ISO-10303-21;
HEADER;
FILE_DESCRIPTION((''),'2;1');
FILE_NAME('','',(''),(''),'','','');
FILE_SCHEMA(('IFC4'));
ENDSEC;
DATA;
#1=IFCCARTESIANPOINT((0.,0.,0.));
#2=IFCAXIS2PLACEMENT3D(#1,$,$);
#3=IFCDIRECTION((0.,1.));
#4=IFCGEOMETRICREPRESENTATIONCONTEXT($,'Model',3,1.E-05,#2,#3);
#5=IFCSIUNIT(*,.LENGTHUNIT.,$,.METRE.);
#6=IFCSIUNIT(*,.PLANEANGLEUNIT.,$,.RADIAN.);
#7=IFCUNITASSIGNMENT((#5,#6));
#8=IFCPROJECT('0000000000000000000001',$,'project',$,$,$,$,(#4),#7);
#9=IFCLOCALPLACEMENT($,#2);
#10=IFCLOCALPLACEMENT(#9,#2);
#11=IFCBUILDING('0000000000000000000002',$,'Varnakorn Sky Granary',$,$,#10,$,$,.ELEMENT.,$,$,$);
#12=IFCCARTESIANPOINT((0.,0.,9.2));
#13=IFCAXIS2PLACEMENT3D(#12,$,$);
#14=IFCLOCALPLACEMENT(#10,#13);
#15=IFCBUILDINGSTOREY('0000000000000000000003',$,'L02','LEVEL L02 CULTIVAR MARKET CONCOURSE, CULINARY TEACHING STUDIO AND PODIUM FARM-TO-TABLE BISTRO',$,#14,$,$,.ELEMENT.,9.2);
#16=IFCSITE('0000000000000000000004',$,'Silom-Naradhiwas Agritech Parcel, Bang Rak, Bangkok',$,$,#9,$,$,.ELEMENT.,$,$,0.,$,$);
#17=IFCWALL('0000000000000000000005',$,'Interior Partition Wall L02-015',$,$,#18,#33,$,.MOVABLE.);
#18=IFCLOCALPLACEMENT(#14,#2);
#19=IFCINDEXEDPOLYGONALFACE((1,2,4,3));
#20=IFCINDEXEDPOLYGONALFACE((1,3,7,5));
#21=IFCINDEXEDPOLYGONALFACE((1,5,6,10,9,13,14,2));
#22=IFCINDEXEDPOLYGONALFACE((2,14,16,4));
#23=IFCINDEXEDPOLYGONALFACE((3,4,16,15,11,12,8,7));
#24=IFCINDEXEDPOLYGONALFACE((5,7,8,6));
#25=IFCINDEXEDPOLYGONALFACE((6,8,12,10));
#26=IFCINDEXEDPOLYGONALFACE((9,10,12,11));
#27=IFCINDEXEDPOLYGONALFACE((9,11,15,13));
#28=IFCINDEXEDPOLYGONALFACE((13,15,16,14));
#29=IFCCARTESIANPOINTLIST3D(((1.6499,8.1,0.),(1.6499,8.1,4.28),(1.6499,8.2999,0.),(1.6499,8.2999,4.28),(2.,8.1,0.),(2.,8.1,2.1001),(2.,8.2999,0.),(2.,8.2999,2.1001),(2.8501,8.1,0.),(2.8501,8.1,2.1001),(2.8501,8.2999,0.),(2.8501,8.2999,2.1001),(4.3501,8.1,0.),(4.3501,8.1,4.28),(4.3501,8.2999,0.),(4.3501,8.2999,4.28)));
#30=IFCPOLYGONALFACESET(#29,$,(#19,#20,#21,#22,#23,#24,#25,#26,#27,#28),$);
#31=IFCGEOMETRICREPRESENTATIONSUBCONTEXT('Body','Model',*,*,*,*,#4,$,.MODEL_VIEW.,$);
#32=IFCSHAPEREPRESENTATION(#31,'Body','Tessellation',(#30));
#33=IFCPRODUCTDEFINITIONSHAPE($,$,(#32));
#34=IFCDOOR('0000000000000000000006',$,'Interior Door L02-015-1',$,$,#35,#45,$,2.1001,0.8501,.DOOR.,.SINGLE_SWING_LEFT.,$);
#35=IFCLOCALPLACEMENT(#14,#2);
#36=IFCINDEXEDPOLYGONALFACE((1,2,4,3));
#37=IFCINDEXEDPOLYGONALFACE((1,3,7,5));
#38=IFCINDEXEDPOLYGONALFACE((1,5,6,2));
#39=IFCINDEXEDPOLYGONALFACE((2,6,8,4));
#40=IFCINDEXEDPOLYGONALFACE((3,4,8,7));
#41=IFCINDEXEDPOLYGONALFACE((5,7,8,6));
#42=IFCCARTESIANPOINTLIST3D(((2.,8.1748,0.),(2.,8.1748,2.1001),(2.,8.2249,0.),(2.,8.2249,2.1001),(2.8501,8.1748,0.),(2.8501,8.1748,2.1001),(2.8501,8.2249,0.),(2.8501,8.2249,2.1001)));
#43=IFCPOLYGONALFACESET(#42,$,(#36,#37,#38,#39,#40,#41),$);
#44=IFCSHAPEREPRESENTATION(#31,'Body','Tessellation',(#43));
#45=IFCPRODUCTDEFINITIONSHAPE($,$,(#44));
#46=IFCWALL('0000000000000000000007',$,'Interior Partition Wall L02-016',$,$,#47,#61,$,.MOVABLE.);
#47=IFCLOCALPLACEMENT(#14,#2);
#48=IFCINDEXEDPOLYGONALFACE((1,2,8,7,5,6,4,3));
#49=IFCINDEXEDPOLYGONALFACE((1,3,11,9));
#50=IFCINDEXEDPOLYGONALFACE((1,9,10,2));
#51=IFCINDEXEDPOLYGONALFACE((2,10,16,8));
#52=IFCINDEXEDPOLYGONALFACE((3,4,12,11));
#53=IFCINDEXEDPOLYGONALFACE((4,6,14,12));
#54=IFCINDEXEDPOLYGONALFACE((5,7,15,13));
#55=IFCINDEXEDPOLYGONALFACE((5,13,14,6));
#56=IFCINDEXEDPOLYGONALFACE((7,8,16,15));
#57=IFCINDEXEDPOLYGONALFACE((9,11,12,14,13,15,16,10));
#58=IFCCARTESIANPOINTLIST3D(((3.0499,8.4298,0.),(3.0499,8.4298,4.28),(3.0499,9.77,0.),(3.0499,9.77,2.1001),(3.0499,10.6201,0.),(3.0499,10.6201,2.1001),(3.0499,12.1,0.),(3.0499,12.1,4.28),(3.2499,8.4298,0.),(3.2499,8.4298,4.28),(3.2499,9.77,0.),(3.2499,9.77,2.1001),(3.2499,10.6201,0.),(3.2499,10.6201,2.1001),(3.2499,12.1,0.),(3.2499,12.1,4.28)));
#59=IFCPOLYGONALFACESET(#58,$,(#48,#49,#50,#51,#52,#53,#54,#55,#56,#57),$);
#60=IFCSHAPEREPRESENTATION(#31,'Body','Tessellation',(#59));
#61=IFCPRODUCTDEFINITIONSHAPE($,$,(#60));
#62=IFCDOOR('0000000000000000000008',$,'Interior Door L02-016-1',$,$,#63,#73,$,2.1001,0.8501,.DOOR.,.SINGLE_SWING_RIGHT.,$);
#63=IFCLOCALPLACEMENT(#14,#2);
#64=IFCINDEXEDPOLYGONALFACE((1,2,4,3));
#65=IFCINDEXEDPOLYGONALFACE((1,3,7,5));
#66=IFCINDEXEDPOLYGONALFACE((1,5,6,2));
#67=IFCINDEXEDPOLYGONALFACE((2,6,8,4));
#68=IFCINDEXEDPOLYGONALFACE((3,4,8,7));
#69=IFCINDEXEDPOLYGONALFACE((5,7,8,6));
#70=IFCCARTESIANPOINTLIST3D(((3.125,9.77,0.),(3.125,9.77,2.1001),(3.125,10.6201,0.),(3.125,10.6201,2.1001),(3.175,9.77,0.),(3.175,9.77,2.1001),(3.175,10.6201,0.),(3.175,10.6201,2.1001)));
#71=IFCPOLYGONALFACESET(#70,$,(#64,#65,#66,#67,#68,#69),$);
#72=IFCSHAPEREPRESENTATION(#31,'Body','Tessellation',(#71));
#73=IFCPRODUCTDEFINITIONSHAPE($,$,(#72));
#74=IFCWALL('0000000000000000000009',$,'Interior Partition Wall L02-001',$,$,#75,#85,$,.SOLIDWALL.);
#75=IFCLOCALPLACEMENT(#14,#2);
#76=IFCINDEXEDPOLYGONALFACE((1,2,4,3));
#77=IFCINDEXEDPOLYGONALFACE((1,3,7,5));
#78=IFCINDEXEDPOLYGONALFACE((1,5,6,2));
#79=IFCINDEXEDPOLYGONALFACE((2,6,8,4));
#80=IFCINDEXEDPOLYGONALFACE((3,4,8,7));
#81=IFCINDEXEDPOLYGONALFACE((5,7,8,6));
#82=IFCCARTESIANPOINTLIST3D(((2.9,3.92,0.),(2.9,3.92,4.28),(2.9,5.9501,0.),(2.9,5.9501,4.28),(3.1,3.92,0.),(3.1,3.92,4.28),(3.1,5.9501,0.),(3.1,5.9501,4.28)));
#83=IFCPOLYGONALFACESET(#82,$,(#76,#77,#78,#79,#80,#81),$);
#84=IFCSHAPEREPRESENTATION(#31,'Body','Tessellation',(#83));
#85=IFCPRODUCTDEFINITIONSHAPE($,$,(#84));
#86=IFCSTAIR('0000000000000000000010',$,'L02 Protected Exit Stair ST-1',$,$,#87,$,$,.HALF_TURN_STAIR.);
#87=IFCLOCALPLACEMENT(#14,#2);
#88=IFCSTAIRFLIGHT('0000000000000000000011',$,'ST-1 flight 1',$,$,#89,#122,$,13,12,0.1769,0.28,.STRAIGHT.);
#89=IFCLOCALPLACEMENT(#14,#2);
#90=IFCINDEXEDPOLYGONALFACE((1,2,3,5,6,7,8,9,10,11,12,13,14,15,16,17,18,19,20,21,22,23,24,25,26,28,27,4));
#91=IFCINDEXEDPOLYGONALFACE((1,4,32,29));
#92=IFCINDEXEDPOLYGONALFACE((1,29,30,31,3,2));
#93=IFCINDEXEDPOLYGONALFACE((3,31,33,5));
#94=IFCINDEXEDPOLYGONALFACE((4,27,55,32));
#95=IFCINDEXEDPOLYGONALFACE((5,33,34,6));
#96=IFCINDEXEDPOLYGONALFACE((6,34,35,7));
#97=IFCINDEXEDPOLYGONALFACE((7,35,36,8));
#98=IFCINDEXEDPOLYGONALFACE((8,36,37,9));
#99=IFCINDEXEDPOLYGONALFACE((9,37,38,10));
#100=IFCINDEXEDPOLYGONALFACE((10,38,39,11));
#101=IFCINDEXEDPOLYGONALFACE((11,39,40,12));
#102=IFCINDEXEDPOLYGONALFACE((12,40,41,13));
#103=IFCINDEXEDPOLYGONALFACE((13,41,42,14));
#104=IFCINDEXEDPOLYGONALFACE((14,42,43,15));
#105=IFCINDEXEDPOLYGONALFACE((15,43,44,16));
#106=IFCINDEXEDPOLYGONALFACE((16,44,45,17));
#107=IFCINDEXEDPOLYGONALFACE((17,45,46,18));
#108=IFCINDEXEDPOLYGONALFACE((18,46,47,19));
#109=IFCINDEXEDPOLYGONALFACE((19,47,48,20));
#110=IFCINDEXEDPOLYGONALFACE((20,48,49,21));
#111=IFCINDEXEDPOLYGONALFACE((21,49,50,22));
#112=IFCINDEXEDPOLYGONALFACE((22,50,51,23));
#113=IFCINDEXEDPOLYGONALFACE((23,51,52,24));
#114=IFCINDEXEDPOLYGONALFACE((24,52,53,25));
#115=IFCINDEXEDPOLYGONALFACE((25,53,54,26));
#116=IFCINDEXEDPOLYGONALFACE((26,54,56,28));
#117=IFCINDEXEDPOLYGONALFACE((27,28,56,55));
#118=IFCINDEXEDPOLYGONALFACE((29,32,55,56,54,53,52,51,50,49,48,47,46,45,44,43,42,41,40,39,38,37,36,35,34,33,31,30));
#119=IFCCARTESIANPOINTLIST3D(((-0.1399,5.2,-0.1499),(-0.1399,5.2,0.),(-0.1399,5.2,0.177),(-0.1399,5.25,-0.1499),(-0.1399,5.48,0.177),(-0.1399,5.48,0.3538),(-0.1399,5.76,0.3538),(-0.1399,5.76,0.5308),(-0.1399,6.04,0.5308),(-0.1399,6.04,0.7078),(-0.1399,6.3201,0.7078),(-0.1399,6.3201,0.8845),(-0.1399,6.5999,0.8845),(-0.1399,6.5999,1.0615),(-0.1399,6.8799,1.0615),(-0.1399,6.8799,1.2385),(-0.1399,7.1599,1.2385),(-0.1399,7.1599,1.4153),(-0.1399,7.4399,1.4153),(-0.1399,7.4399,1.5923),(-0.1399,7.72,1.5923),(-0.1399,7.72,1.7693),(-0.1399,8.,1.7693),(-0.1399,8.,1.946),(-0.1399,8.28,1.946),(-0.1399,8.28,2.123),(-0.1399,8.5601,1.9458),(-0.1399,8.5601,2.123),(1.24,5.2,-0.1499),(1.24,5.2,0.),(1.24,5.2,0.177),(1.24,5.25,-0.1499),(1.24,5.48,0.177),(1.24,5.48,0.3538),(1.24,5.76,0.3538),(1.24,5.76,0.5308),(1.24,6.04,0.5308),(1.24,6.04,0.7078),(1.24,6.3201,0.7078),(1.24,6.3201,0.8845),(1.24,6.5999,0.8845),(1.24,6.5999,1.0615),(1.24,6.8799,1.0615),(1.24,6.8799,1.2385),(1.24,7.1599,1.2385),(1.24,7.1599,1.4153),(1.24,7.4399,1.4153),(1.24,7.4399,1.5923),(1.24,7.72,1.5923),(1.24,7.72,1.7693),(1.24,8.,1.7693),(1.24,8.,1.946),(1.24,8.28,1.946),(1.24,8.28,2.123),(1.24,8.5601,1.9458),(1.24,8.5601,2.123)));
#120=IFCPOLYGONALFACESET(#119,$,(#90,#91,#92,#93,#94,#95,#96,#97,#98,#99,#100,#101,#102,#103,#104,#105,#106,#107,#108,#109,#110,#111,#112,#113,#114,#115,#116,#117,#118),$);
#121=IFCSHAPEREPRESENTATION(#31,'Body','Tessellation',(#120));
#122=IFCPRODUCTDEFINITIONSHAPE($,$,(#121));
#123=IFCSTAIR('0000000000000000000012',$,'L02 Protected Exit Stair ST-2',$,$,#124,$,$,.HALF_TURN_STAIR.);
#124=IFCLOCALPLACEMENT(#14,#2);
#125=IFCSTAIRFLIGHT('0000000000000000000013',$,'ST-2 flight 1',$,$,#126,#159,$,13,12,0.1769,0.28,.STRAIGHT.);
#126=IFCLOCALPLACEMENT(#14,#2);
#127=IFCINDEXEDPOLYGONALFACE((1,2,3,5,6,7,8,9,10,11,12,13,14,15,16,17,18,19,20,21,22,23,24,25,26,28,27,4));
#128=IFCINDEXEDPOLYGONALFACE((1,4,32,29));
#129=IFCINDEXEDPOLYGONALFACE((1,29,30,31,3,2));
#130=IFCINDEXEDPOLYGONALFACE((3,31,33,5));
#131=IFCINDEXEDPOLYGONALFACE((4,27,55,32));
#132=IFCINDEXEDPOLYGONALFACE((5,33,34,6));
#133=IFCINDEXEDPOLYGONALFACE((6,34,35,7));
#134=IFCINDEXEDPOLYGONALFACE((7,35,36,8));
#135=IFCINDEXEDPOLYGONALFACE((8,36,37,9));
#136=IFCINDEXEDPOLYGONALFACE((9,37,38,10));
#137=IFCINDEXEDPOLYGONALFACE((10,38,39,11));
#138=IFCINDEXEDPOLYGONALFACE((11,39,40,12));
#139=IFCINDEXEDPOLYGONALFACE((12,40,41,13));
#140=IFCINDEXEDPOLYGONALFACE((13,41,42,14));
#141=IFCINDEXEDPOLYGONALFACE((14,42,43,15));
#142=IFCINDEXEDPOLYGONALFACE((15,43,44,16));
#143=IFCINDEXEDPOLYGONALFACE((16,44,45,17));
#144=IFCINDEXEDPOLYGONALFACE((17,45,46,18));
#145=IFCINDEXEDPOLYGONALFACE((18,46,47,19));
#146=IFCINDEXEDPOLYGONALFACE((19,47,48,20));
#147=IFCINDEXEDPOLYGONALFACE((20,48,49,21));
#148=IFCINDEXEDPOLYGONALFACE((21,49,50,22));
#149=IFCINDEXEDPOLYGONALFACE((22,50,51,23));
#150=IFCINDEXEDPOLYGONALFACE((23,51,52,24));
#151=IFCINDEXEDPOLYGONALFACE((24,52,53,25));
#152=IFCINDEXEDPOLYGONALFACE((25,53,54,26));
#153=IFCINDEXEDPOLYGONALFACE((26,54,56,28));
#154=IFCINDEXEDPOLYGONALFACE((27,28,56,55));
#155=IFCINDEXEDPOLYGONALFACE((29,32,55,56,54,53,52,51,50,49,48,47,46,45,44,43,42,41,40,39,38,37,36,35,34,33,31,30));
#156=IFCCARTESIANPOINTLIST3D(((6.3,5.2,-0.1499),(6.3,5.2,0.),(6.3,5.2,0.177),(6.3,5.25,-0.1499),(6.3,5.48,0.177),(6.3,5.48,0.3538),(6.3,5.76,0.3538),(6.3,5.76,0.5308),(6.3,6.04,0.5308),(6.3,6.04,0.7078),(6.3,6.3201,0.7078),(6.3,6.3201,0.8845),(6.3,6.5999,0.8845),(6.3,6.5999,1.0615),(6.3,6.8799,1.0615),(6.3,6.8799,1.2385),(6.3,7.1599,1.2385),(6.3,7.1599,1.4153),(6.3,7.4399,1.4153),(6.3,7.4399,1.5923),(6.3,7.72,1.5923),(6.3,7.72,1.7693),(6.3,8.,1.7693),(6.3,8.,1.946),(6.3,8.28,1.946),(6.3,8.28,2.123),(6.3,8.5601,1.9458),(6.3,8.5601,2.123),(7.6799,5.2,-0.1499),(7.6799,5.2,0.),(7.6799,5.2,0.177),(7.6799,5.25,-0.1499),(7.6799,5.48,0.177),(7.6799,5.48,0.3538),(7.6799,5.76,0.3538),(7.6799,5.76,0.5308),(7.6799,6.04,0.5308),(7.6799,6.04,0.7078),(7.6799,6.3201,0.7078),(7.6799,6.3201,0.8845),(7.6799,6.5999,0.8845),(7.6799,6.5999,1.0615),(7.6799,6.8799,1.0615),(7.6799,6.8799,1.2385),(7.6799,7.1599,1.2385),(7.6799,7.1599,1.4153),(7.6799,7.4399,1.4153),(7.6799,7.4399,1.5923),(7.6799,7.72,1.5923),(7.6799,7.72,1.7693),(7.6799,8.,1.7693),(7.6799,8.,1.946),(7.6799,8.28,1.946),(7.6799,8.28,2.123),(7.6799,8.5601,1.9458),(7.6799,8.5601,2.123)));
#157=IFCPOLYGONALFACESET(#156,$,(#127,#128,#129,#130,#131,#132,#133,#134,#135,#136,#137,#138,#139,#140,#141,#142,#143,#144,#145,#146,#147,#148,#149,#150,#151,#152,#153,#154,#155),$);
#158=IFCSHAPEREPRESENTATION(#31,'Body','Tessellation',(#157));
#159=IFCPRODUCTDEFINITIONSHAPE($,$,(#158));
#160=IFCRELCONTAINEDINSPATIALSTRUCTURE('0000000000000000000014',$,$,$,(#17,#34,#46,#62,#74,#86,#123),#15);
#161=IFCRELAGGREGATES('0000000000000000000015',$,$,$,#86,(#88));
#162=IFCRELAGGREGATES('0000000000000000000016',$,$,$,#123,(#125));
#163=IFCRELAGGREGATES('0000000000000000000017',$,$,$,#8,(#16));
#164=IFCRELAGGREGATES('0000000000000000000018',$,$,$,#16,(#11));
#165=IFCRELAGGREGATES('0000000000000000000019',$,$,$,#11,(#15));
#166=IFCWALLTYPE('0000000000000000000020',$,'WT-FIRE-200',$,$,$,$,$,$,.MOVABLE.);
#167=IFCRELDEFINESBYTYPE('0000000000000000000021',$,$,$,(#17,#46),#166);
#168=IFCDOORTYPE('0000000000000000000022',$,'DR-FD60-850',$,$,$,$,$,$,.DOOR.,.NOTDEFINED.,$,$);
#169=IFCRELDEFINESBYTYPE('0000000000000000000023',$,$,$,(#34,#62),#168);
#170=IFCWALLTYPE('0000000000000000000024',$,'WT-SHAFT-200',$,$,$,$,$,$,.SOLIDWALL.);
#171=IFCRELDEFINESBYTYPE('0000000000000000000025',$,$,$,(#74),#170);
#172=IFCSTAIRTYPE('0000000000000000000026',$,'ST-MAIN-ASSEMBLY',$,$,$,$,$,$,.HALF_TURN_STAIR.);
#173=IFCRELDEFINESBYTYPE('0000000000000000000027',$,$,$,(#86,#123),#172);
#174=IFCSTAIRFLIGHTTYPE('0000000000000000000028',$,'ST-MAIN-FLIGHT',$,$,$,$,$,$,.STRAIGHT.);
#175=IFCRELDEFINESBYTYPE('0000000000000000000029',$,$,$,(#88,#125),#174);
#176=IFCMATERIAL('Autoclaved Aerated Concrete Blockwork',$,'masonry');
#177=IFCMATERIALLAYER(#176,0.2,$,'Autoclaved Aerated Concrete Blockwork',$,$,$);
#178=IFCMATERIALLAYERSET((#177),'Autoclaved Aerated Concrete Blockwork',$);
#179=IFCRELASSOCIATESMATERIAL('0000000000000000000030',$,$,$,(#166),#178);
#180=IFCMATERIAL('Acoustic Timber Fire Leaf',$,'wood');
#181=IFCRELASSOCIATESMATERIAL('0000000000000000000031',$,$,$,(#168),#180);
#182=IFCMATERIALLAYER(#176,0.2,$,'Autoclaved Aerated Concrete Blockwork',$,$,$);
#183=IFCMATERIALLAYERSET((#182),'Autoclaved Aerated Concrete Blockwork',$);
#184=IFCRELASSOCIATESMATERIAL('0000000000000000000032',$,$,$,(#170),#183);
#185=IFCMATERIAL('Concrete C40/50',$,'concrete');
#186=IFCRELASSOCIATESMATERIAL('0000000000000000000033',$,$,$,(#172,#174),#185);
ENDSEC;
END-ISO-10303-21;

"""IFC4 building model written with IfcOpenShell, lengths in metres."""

from ifc_helpers import new_model, si_unit, direction, frame, frame_2d, origin, place, context, subcontext, project, spatial, polyline, rectangle, outline, extrude, material, layer, layer_set, type_object, element, fill, aggregate, save


model = new_model("IFC4")

# Units and contexts
model_context = context("Model", 3, precision=1e-05, world=origin(), true_north=direction((0.0, 1.0)))
body_context = subcontext(model_context, "Body", "Model", "MODEL_VIEW")
ifc_project = project(units=[si_unit("LENGTHUNIT", "METRE"), si_unit("PLANEANGLEUNIT", "RADIAN")], contexts=[model_context])

# Site, building, storey
site_placement = place(None, origin())
site = spatial("IfcSite", under=ifc_project, at=site_placement, Name="Silom-Naradhiwas Agritech Parcel, Bang Rak, Bangkok", CompositionType="ELEMENT", RefElevation=0.0)
building_placement = place(site_placement, origin())
building = spatial("IfcBuilding", under=site, at=building_placement, Name="Varnakorn Sky Granary", CompositionType="ELEMENT")
storey_placement = place(building_placement, frame((0.0, 0.0, 9.2)))
storey = spatial("IfcBuildingStorey", under=building, at=storey_placement, Name="L02", Description="LEVEL L02 CULTIVAR MARKET CONCOURSE, CULINARY TEACHING STUDIO AND PODIUM FARM-TO-TABLE BISTRO", CompositionType="ELEMENT", Elevation=9.2)

# Walls, openings, doors
ifc_material_1 = material(Name="Autoclaved Aerated Concrete Blockwork", Category="masonry")
ifc_layer_1 = layer(ifc_material_1, 0.2, Name="Autoclaved Aerated Concrete Blockwork")
ifc_layer_set_1 = layer_set([ifc_layer_1], Name="Autoclaved Aerated Concrete Blockwork")
wall_type_1 = type_object("IfcWallType", Name="WT-FIRE-200", PredefinedType="MOVABLE", material=ifc_layer_set_1)
wall_1_placement = place(storey_placement, frame((1.6499, 8.2, 0.0), z_axis=(0.0, 0.0, 1.0), x_axis=(1.0, 0.0, 0.0)))
wall_1 = element("IfcWall", 1, at=wall_1_placement, inside=storey, type_object=wall_type_1, Name="Interior Partition Wall L02-015", PredefinedType="MOVABLE", context=body_context, shape_type="SweptSolid", body=[
    extrude(rectangle(XDim=2.7002, YDim=0.2, at=frame_2d((1.3501, 0.0))), origin(), (0.0, 0.0, 1.0), 4.28),
])
opening_1_placement = place(wall_1_placement, frame((0.3501, 0.0, 0.0)))
opening_1 = element("IfcOpeningElement", 2, at=opening_1_placement, cuts=wall_1, PredefinedType="OPENING", context=body_context, shape_type="SweptSolid", body=[
    extrude(rectangle(XDim=0.8501, YDim=2.1001, at=frame_2d((0.425, 1.05))), frame((0.0, 0.1099, 0.0), z_axis=(0.0, -1.0, 0.0), x_axis=(1.0, 0.0, 0.0)), (0.0, 0.0, 1.0), 0.22),
])
ifc_material_2 = material(Name="Acoustic Timber Fire Leaf", Category="wood")
door_type = type_object("IfcDoorType", Name="DR-FD60-850", OperationType="NOTDEFINED", PredefinedType="DOOR", material=ifc_material_2)
door_1_placement = place(opening_1_placement, origin())
door_1 = element("IfcDoor", 3, at=door_1_placement, inside=storey, type_object=door_type, Name="Interior Door L02-015-1", OperationType="SINGLE_SWING_LEFT", OverallHeight=2.1001, OverallWidth=0.8501, PredefinedType="DOOR", context=body_context, shape_type="SweptSolid", body=[
    extrude(rectangle(XDim=0.8501, YDim=2.1001, at=frame_2d((0.425, 1.05))), frame((0.0, 0.0249, 0.0), z_axis=(0.0, -1.0, 0.0), x_axis=(1.0, 0.0, 0.0)), (0.0, 0.0, 1.0), 0.05),
])
fill(opening_1, door_1)
wall_2_placement = place(storey_placement, frame((3.1499, 8.4299, 0.0), z_axis=(0.0, 0.0, 1.0), x_axis=(0.0, 1.0, 0.0)))
wall_2 = element("IfcWall", 4, at=wall_2_placement, inside=storey, type_object=wall_type_1, Name="Interior Partition Wall L02-016", PredefinedType="MOVABLE", context=body_context, shape_type="SweptSolid", body=[
    extrude(rectangle(XDim=3.6702, YDim=0.2, at=frame_2d((1.835, 0.0))), origin(), (0.0, 0.0, 1.0), 4.28),
])
opening_2_placement = place(wall_2_placement, frame((1.3401, 0.0, 0.0)))
opening_2 = element("IfcOpeningElement", 5, at=opening_2_placement, cuts=wall_2, PredefinedType="OPENING", context=body_context, shape_type="SweptSolid", body=[
    extrude(rectangle(XDim=0.8501, YDim=2.1001, at=frame_2d((0.425, 1.05))), frame((0.0, 0.1099, 0.0), z_axis=(0.0, -1.0, 0.0), x_axis=(1.0, 0.0, 0.0)), (0.0, 0.0, 1.0), 0.22),
])
door_2_placement = place(opening_2_placement, origin())
door_2 = element("IfcDoor", 6, at=door_2_placement, inside=storey, type_object=door_type, Name="Interior Door L02-016-1", OperationType="SINGLE_SWING_RIGHT", OverallHeight=2.1001, OverallWidth=0.8501, PredefinedType="DOOR", context=body_context, shape_type="SweptSolid", body=[
    extrude(rectangle(XDim=0.8501, YDim=2.1001, at=frame_2d((0.425, 1.05))), frame((0.0, 0.0249, 0.0), z_axis=(0.0, -1.0, 0.0), x_axis=(1.0, 0.0, 0.0)), (0.0, 0.0, 1.0), 0.05),
])
fill(opening_2, door_2)

# Wall
ifc_layer_2 = layer(ifc_material_1, 0.2, Name="Autoclaved Aerated Concrete Blockwork")
ifc_layer_set_2 = layer_set([ifc_layer_2], Name="Autoclaved Aerated Concrete Blockwork")
wall_type_2 = type_object("IfcWallType", Name="WT-SHAFT-200", PredefinedType="SOLIDWALL", material=ifc_layer_set_2)
wall_3_placement = place(storey_placement, frame((3.0, 3.9199, 0.0), z_axis=(0.0, 0.0, 1.0), x_axis=(0.0, 1.0, 0.0)))
element("IfcWall", 7, at=wall_3_placement, inside=storey, type_object=wall_type_2, Name="Interior Partition Wall L02-001", PredefinedType="SOLIDWALL", context=body_context, shape_type="SweptSolid", body=[
    extrude(rectangle(XDim=2.03, YDim=0.2, at=frame_2d((1.0151, 0.0))), origin(), (0.0, 0.0, 1.0), 4.28),
])

# Stair, stair flight
ifc_material_3 = material(Name="Concrete C40/50", Category="concrete")
stair_type = type_object("IfcStairType", Name="ST-MAIN-ASSEMBLY", PredefinedType="HALF_TURN_STAIR", material=ifc_material_3)
stair_1_placement = place(storey_placement, origin())
stair_1 = element("IfcStair", 8, at=stair_1_placement, inside=storey, type_object=stair_type, Name="L02 Protected Exit Stair ST-1", PredefinedType="HALF_TURN_STAIR")
stair_flight_type = type_object("IfcStairFlightType", Name="ST-MAIN-FLIGHT", PredefinedType="STRAIGHT", material=ifc_material_3)
stair_flight_1_placement = place(storey_placement, frame((0.55, 5.2, 0.0), z_axis=(0.0, 0.0, 1.0), x_axis=(0.0, 1.0, 0.0)))
stair_flight_1 = element("IfcStairFlight", 9, at=stair_flight_1_placement, type_object=stair_flight_type, Name="ST-1 flight 1", NumberOfRisers=13, NumberOfTreads=12, PredefinedType="STRAIGHT", RiserHeight=0.1769, TreadLength=0.28, context=body_context, shape_type="SweptSolid", body=[
    extrude(outline(polyline([(0.0, -0.1499), (0.0, 0.0), (0.0, 0.177), (0.28, 0.177), (0.28, 0.3538), (0.5601, 0.3538), (0.5601, 0.5308), (0.8401, 0.5308), (0.8401, 0.7078), (1.1201, 0.7078), (1.1201, 0.8845), (1.3999, 0.8845), (1.3999, 1.0615), (1.6799, 1.0615), (1.6799, 1.2385), (1.96, 1.2385), (1.96, 1.4153), (2.24, 1.4153), (2.24, 1.5923), (2.52, 1.5923), (2.52, 1.7693), (2.8, 1.7693), (2.8, 1.946), (3.0801, 1.946), (3.0801, 2.123), (3.3601, 2.123), (3.3601, 2.3), (3.3601, 1.9458), (0.05, -0.1499), (0.0, -0.1499)])), frame((0.0, 0.6899, 0.0), z_axis=(0.0, -1.0, 0.0), x_axis=(1.0, 0.0, 0.0)), (0.0, 0.0, 1.0), 1.3799),
])
aggregate(stair_1, [stair_flight_1])

# Stair, stair flight
stair_2_placement = place(storey_placement, origin())
stair_2 = element("IfcStair", 10, at=stair_2_placement, inside=storey, type_object=stair_type, Name="L02 Protected Exit Stair ST-2", PredefinedType="HALF_TURN_STAIR")
stair_flight_2_placement = place(storey_placement, frame((6.99, 5.2, 0.0), z_axis=(0.0, 0.0, 1.0), x_axis=(0.0, 1.0, 0.0)))
stair_flight_2 = element("IfcStairFlight", 11, at=stair_flight_2_placement, type_object=stair_flight_type, Name="ST-2 flight 1", NumberOfRisers=13, NumberOfTreads=12, PredefinedType="STRAIGHT", RiserHeight=0.1769, TreadLength=0.28, context=body_context, shape_type="SweptSolid", body=[
    extrude(outline(polyline([(0.0, -0.1499), (0.0, 0.0), (0.0, 0.177), (0.28, 0.177), (0.28, 0.3538), (0.5601, 0.3538), (0.5601, 0.5308), (0.8401, 0.5308), (0.8401, 0.7078), (1.1201, 0.7078), (1.1201, 0.8845), (1.3999, 0.8845), (1.3999, 1.0615), (1.6799, 1.0615), (1.6799, 1.2385), (1.96, 1.2385), (1.96, 1.4153), (2.24, 1.4153), (2.24, 1.5923), (2.52, 1.5923), (2.52, 1.7693), (2.8, 1.7693), (2.8, 1.946), (3.0801, 1.946), (3.0801, 2.123), (3.3601, 2.123), (3.3601, 2.3), (3.3601, 1.9458), (0.05, -0.1499), (0.0, -0.1499)])), frame((0.0, 0.6899, 0.0), z_axis=(0.0, -1.0, 0.0), x_axis=(1.0, 0.0, 0.0)), (0.0, 0.0, 1.0), 1.3799),
])
aggregate(stair_2, [stair_flight_2])

save(model, "model.ifc")
